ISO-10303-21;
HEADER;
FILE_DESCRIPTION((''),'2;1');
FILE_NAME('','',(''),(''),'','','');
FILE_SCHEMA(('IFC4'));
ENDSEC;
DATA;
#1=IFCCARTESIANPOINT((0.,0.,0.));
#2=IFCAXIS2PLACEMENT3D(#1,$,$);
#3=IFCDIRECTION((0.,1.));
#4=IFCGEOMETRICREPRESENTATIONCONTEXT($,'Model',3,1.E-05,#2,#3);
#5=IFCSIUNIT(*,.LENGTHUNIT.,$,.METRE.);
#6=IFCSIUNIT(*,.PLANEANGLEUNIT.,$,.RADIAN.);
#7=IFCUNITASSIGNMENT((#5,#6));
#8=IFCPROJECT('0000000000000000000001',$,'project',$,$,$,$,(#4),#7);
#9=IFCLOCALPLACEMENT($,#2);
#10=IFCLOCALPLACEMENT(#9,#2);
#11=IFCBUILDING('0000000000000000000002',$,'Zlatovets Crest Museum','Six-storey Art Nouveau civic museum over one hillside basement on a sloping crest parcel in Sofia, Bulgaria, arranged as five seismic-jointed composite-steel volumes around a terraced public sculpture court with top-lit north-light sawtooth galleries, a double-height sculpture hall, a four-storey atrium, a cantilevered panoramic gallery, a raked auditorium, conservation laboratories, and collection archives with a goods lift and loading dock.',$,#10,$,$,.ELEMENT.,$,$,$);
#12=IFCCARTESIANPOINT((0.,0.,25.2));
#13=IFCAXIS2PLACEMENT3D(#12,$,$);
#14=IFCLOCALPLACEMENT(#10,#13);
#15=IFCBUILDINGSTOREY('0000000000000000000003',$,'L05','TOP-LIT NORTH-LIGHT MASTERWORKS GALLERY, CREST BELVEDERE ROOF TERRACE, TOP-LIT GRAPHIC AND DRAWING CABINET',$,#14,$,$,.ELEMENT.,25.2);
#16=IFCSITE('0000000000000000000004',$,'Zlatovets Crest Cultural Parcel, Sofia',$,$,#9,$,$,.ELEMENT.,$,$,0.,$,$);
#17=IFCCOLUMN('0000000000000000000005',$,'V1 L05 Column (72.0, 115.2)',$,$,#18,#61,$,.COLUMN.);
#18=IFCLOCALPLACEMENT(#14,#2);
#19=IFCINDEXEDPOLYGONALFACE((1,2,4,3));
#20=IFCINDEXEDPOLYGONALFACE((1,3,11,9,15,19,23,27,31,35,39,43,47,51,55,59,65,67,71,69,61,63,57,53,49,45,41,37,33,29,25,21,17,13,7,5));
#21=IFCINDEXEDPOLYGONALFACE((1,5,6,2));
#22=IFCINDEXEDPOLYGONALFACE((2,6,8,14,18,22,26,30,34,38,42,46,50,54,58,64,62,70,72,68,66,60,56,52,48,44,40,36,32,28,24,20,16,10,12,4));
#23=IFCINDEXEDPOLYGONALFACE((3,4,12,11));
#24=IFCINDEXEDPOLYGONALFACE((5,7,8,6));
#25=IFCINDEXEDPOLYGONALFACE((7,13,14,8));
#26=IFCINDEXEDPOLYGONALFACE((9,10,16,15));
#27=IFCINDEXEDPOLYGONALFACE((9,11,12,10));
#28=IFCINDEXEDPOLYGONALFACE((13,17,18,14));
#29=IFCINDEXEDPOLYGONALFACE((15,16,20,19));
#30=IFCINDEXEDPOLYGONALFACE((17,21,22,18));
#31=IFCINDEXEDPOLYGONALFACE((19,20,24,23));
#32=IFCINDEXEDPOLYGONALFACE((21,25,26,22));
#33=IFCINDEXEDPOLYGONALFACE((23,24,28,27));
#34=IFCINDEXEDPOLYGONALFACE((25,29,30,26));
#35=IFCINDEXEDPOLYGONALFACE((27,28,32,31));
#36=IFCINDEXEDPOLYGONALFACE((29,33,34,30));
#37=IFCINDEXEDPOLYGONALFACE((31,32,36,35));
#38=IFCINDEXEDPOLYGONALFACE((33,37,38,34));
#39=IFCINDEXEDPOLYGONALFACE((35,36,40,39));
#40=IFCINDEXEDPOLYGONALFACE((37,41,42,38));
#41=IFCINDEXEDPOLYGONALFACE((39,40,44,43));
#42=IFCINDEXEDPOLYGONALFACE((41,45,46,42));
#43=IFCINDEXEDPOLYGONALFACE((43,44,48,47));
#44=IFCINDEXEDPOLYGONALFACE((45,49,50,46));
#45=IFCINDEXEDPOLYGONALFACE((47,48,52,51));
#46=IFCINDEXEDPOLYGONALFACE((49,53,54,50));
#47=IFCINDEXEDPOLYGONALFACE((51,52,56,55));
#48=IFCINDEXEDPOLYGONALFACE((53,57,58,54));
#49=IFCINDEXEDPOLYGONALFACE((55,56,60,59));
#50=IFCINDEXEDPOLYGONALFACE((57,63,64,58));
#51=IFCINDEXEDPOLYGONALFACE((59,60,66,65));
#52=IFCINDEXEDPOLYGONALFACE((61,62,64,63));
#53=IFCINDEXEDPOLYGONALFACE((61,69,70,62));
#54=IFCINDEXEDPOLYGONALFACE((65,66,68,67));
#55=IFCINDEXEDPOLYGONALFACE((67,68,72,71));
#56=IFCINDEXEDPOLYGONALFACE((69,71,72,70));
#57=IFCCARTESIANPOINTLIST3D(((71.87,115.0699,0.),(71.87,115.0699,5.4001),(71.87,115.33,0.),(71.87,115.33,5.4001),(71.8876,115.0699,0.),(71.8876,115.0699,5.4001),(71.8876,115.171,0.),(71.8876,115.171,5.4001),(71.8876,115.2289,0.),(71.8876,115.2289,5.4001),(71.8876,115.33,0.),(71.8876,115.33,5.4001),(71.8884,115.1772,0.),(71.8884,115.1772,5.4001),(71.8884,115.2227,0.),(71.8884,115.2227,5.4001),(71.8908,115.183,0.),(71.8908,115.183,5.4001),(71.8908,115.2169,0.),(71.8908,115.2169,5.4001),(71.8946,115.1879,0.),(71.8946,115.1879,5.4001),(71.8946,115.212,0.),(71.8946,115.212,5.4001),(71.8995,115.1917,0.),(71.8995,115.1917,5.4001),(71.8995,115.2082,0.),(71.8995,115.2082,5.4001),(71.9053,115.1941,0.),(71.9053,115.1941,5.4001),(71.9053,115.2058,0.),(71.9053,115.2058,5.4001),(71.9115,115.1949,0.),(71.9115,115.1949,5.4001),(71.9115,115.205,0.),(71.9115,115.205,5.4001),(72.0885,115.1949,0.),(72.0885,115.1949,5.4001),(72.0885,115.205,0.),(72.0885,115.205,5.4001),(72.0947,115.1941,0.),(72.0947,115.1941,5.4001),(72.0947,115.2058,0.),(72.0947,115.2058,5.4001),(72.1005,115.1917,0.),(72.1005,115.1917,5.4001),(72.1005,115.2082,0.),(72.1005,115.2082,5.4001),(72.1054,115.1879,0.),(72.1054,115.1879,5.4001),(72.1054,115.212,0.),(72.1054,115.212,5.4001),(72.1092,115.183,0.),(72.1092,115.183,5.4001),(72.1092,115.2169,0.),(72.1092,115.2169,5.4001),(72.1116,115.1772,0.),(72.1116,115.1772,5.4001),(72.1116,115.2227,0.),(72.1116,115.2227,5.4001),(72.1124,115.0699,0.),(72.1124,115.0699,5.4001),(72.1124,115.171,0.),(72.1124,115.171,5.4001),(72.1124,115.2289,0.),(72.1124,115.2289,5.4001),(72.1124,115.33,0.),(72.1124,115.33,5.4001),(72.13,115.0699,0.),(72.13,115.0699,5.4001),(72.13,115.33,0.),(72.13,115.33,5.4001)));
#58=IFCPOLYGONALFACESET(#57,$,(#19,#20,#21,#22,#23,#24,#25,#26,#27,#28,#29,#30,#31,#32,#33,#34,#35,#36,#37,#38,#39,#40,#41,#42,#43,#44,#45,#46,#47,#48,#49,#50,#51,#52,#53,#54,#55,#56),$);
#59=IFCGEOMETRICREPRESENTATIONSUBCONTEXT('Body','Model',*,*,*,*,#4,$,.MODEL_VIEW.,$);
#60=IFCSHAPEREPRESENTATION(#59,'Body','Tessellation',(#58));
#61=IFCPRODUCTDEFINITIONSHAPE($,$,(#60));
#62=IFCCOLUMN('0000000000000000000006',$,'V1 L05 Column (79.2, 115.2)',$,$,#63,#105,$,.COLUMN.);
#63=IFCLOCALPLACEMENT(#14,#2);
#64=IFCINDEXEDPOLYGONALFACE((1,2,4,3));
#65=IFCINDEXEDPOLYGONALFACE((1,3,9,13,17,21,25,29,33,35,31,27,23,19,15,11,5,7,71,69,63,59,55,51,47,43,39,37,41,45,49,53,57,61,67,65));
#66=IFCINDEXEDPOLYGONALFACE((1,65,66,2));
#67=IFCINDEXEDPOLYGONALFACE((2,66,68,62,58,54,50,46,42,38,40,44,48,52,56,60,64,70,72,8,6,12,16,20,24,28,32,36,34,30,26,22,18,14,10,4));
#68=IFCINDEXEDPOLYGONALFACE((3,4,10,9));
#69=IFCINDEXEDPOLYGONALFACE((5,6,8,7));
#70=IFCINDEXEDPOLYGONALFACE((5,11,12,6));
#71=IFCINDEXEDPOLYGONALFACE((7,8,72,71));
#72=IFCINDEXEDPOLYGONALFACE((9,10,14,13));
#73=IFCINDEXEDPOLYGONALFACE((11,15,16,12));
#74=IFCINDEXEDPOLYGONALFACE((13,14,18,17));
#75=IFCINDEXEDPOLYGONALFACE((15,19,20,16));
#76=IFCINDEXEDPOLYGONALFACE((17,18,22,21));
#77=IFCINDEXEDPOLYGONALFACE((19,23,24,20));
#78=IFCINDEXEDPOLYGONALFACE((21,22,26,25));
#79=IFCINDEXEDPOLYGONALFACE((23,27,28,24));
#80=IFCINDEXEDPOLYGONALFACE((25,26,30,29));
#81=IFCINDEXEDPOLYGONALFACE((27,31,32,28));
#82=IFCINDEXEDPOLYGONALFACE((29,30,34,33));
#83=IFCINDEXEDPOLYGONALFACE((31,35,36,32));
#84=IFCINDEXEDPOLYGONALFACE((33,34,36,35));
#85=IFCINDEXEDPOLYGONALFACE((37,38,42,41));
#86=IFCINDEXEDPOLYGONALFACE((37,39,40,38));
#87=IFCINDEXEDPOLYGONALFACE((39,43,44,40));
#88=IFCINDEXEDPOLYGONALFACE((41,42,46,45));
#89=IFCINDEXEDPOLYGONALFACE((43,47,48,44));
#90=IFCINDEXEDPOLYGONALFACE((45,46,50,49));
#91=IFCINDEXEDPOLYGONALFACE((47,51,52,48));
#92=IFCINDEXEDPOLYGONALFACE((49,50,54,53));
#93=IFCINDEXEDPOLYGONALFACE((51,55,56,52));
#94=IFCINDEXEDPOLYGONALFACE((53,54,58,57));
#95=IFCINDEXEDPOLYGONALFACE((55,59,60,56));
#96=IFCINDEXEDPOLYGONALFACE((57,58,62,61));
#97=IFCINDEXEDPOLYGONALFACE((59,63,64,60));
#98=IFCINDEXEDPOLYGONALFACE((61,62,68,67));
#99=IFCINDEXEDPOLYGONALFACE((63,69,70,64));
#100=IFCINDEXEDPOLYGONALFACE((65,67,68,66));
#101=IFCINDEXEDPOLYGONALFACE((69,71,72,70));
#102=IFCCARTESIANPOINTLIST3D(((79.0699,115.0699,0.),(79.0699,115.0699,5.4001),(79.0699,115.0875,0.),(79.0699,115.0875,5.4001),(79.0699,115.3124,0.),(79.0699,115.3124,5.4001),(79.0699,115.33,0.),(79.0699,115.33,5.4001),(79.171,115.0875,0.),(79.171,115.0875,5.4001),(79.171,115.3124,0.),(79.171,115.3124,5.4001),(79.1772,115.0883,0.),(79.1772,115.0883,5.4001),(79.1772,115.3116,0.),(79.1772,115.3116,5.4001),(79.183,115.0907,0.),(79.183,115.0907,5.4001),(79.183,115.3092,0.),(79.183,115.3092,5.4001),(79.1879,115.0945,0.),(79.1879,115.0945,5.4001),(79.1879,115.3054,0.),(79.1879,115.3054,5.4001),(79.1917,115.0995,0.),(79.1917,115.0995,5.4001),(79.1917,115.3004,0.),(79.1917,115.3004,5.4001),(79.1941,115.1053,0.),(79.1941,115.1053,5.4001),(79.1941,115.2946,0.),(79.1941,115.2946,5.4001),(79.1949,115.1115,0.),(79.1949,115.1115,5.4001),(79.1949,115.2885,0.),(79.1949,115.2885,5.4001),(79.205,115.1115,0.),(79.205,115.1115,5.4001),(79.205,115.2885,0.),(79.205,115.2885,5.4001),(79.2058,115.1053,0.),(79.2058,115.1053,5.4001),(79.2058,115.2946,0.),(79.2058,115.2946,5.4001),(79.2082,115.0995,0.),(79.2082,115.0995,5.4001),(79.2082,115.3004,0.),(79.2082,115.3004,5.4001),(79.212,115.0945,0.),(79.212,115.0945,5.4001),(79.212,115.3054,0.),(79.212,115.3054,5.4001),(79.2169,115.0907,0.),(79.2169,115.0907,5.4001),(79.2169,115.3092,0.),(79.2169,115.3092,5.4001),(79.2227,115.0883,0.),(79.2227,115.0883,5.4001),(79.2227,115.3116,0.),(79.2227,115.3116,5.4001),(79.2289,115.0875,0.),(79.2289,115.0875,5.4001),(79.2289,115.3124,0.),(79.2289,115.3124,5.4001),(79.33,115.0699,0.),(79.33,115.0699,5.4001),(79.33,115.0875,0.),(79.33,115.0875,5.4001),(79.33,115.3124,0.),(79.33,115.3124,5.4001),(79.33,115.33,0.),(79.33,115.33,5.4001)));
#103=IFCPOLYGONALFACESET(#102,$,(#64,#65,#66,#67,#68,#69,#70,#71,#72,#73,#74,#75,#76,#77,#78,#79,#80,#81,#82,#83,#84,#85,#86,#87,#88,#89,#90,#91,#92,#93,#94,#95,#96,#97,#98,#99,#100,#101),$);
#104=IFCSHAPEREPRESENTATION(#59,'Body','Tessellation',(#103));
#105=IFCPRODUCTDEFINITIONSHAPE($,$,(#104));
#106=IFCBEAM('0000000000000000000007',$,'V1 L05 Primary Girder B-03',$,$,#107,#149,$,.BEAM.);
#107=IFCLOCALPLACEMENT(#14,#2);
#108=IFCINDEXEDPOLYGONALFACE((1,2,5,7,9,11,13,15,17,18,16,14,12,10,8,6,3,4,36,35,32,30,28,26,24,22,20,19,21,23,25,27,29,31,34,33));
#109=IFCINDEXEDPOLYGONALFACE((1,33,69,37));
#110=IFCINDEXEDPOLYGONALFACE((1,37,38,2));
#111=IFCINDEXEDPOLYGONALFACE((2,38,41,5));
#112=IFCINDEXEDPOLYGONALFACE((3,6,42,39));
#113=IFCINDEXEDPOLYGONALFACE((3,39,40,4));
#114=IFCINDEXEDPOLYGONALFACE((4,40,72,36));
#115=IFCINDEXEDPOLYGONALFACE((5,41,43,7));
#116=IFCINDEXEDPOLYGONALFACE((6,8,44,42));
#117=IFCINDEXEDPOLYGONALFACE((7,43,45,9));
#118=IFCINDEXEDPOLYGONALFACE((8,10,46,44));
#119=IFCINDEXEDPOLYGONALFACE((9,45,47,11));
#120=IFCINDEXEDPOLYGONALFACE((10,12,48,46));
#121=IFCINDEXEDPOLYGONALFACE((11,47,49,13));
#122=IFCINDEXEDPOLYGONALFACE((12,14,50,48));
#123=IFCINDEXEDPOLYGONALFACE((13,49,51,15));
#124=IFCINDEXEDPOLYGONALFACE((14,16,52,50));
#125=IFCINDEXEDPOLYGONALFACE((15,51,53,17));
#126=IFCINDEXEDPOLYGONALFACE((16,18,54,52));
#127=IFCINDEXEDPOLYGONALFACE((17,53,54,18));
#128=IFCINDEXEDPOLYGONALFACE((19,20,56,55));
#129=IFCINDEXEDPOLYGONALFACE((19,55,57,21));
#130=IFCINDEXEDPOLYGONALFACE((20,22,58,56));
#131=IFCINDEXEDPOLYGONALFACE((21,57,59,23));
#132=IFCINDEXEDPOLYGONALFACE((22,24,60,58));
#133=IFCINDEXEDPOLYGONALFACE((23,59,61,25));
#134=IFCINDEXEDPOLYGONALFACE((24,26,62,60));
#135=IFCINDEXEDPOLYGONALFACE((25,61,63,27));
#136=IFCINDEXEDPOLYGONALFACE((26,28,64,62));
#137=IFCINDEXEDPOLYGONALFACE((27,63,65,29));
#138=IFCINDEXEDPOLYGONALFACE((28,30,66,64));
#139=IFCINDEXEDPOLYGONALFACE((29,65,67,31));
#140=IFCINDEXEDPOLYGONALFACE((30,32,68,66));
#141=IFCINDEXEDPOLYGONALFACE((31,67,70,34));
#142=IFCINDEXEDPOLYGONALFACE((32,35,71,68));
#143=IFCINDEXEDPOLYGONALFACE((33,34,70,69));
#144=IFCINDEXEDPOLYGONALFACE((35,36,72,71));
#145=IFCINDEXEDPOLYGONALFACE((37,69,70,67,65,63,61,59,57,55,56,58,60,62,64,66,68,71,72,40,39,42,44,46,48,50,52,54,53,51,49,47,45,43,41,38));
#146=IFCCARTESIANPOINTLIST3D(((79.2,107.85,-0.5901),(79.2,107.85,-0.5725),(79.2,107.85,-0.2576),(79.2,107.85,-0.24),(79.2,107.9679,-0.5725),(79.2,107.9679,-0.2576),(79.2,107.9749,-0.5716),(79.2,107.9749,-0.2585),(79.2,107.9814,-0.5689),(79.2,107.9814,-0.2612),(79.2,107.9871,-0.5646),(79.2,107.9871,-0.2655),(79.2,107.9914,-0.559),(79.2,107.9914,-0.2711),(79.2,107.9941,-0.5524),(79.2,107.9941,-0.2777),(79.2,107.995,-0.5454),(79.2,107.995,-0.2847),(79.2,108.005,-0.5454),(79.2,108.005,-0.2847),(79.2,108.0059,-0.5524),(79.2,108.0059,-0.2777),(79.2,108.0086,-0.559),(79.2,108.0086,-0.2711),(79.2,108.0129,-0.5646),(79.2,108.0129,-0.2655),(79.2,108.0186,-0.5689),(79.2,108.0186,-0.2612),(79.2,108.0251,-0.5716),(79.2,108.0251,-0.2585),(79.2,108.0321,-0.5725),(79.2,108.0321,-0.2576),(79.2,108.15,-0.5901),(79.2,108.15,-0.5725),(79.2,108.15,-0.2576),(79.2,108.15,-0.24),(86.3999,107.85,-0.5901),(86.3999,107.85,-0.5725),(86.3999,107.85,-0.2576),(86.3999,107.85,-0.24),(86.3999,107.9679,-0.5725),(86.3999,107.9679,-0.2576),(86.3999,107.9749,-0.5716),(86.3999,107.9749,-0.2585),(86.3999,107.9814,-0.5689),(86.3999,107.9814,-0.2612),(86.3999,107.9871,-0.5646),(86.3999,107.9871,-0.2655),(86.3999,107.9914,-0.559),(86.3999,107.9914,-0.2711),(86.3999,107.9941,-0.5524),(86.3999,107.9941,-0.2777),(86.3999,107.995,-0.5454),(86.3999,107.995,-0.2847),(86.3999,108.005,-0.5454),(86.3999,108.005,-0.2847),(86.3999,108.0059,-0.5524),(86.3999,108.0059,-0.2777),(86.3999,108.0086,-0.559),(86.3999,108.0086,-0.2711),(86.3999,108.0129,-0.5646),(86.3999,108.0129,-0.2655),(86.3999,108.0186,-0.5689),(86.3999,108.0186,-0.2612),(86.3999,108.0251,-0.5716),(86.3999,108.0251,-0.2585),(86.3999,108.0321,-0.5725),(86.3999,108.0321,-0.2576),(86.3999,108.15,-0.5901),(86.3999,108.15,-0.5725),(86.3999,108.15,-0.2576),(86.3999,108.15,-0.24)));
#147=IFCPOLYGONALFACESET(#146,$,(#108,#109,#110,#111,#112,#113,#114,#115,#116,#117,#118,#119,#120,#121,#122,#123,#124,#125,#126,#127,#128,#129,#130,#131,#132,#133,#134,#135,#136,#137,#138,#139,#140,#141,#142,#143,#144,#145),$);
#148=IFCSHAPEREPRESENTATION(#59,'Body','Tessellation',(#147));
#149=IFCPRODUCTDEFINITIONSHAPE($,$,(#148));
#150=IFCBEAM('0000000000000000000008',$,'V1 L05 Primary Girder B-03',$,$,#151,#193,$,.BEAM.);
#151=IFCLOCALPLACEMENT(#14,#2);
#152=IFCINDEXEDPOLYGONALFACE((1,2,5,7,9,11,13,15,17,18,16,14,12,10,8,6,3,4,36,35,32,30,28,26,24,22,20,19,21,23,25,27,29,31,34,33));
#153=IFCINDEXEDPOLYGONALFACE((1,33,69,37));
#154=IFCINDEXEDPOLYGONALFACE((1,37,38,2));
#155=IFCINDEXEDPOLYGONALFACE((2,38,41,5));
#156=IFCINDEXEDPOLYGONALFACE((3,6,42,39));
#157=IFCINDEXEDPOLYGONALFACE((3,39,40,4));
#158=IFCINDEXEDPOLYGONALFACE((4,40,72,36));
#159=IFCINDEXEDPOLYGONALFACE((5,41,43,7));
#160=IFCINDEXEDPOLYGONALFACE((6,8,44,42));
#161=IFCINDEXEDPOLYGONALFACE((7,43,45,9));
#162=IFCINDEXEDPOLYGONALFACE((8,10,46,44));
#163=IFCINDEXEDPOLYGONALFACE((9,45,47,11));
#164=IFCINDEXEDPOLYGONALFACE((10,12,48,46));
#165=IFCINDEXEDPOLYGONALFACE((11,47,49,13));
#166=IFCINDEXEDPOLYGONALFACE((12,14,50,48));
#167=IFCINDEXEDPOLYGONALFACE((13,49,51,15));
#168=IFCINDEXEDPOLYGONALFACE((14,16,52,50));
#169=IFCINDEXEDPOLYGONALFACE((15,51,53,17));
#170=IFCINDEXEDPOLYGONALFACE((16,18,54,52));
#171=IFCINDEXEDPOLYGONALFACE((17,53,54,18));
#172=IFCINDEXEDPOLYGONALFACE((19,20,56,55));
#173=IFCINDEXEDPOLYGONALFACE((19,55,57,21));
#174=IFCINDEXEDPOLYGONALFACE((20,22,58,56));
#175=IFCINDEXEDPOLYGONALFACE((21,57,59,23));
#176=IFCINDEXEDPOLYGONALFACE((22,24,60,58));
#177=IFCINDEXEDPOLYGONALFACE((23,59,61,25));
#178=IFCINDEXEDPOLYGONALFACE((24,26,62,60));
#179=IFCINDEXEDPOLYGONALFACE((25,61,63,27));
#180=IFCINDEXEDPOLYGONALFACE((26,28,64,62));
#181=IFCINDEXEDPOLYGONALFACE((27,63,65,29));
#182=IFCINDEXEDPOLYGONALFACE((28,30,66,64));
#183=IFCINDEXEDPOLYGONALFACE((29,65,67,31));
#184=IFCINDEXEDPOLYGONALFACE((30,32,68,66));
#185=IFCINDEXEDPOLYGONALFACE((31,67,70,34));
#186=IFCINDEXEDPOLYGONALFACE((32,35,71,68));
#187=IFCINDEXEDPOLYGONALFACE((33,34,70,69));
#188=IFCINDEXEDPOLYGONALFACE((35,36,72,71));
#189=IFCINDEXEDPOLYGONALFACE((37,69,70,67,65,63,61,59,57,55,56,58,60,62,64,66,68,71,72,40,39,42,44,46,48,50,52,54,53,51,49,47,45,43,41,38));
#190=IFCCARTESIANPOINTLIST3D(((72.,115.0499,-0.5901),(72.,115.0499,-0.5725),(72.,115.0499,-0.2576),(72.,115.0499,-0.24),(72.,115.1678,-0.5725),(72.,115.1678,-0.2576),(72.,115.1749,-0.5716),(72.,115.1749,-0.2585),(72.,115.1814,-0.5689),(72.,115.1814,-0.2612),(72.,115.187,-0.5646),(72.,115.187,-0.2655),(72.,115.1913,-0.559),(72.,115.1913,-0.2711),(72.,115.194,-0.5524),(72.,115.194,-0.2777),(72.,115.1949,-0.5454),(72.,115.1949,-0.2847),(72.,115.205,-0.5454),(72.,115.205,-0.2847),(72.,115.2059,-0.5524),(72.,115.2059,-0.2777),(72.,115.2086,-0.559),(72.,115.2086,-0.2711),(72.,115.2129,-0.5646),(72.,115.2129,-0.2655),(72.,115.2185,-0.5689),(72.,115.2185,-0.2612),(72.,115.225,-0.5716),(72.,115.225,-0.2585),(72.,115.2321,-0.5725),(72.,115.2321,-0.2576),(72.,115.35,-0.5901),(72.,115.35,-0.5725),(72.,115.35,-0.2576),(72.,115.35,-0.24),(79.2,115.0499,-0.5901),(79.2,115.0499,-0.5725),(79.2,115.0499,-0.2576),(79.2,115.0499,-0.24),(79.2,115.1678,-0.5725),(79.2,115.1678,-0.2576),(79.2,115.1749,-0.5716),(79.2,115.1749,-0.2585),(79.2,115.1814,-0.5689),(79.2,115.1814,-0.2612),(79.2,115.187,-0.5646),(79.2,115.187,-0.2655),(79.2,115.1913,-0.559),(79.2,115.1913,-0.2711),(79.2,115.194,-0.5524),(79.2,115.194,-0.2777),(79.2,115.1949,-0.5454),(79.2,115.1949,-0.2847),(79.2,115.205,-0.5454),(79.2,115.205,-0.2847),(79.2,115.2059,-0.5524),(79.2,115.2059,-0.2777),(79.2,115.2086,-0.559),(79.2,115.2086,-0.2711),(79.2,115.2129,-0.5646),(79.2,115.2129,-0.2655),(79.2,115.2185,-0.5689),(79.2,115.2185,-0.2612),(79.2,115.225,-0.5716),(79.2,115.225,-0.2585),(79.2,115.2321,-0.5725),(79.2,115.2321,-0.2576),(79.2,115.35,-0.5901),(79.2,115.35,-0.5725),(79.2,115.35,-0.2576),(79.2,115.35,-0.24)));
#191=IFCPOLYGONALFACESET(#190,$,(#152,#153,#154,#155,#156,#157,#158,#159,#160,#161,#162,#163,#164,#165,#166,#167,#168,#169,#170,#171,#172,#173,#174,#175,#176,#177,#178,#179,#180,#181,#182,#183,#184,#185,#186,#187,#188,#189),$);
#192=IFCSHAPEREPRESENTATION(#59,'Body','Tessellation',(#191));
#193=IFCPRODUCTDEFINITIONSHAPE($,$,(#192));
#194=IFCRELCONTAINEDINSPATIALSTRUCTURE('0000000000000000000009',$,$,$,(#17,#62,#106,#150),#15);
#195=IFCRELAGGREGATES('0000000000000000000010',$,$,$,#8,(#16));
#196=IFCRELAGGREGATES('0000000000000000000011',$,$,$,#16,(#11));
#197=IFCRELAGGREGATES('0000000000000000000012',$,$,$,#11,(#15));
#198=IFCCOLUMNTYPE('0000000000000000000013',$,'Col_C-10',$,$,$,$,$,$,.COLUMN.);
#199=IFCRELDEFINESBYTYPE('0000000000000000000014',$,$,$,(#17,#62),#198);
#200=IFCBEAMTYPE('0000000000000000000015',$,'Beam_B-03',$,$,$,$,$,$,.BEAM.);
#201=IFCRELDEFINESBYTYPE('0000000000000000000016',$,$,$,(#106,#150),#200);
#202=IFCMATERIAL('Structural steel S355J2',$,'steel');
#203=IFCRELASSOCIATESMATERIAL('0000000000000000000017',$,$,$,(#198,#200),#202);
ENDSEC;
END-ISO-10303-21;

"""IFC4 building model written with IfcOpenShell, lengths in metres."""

from ifc_helpers import new_model, si_unit, direction, frame, origin, origin_2d, place, context, subcontext, project, spatial, i_section, extrude, material, material_profile, profile_set, type_object, element, save


model = new_model("IFC4")

# Units and contexts
model_context = context("Model", 3, precision=1e-05, world=origin(), true_north=direction((0.0, 1.0)))
body_context = subcontext(model_context, "Body", "Model", "MODEL_VIEW")
ifc_project = project(units=[si_unit("LENGTHUNIT", "METRE"), si_unit("PLANEANGLEUNIT", "RADIAN")], contexts=[model_context])

# Site, building, storey
site_placement = place(None, origin())
site = spatial("IfcSite", under=ifc_project, at=site_placement, Name="Zlatovets Crest Cultural Parcel, Sofia", CompositionType="ELEMENT", RefElevation=0.0)
building_placement = place(site_placement, origin())
building = spatial("IfcBuilding", under=site, at=building_placement, Name="Zlatovets Crest Museum", Description="Six-storey Art Nouveau civic museum over one hillside basement on a sloping crest parcel in Sofia, Bulgaria, arranged as five seismic-jointed composite-steel volumes around a terraced public sculpture court with top-lit north-light sawtooth galleries, a double-height sculpture hall, a four-storey atrium, a cantilevered panoramic gallery, a raked auditorium, conservation laboratories, and collection archives with a goods lift and loading dock.", CompositionType="ELEMENT")
storey_placement = place(building_placement, frame((0.0, 0.0, 25.2)))
storey = spatial("IfcBuildingStorey", under=building, at=storey_placement, Name="L05", Description="TOP-LIT NORTH-LIGHT MASTERWORKS GALLERY, CREST BELVEDERE ROOF TERRACE, TOP-LIT GRAPHIC AND DRAWING CABINET", CompositionType="ELEMENT", Elevation=25.2)

# Columns
ifc_material_1 = material(Name="Structural steel S355J2", Category="steel")
ifc_material_profile_1 = material_profile(ifc_material_1, i_section(OverallWidth=0.26, OverallDepth=0.26, WebThickness=0.01, FlangeThickness=0.0176, FilletRadius=0.0239, at=origin_2d()), Name="HEB 260")
ifc_profile_set_1 = profile_set([ifc_material_profile_1], Name="Structural steel S355J2")
column_type = type_object("IfcColumnType", Name="Col_C-10", PredefinedType="COLUMN", material=ifc_profile_set_1)
for number, where, z_axis, x_axis, name in (
    (1, (72.0, 115.2, 0.0), (0.0, 0.0, 1.0), (0.0, 1.0, 0.0), "V1 L05 Column (72.0, 115.2)"),
    (2, (79.2, 115.2, 0.0), (0.0, 0.0, 1.0), (1.0, 0.0, 0.0), "V1 L05 Column (79.2, 115.2)"),
):
    element("IfcColumn", number, at=place(storey_placement, frame(where, z_axis=z_axis, x_axis=x_axis)), inside=storey, type_object=column_type, Name=name, PredefinedType="COLUMN", context=body_context, shape_type="SweptSolid", body=[
        extrude(i_section(OverallWidth=0.26, OverallDepth=0.26, WebThickness=0.01, FlangeThickness=0.0176, FilletRadius=0.0239, at=origin_2d()), origin(), (0.0, 0.0, 1.0), 5.4001),
    ])

# Beams
ifc_material_profile_2 = material_profile(ifc_material_1, i_section(OverallWidth=0.3, OverallDepth=0.3501, WebThickness=0.01, FlangeThickness=0.0176, FilletRadius=0.0271, at=origin_2d()), Name="HEA 360")
ifc_profile_set_2 = profile_set([ifc_material_profile_2], Name="Structural steel S355J2")
beam_type_1 = type_object("IfcBeamType", Name="Beam_B-03", PredefinedType="BEAM", material=ifc_profile_set_2)
for number, where, z_axis, x_axis, name in (
    (3, (79.2, 108.0, -0.415), (1.0, 0.0, 0.0), (0.0, 1.0, 0.0), "V1 L05 Primary Girder B-03"),
    (4, (72.0, 115.2, -0.415), (1.0, 0.0, 0.0), (0.0, 1.0, 0.0), "V1 L05 Primary Girder B-03"),
):
    element("IfcBeam", number, at=place(storey_placement, frame(where, z_axis=z_axis, x_axis=x_axis)), inside=storey, type_object=beam_type_1, Name=name, PredefinedType="BEAM", context=body_context, shape_type="SweptSolid", body=[
        extrude(i_section(OverallWidth=0.3, OverallDepth=0.3501, WebThickness=0.01, FlangeThickness=0.0176, FilletRadius=0.0271, at=origin_2d()), origin(), (0.0, 0.0, 1.0), 7.2),
    ])

save(model, "model.ifc")
